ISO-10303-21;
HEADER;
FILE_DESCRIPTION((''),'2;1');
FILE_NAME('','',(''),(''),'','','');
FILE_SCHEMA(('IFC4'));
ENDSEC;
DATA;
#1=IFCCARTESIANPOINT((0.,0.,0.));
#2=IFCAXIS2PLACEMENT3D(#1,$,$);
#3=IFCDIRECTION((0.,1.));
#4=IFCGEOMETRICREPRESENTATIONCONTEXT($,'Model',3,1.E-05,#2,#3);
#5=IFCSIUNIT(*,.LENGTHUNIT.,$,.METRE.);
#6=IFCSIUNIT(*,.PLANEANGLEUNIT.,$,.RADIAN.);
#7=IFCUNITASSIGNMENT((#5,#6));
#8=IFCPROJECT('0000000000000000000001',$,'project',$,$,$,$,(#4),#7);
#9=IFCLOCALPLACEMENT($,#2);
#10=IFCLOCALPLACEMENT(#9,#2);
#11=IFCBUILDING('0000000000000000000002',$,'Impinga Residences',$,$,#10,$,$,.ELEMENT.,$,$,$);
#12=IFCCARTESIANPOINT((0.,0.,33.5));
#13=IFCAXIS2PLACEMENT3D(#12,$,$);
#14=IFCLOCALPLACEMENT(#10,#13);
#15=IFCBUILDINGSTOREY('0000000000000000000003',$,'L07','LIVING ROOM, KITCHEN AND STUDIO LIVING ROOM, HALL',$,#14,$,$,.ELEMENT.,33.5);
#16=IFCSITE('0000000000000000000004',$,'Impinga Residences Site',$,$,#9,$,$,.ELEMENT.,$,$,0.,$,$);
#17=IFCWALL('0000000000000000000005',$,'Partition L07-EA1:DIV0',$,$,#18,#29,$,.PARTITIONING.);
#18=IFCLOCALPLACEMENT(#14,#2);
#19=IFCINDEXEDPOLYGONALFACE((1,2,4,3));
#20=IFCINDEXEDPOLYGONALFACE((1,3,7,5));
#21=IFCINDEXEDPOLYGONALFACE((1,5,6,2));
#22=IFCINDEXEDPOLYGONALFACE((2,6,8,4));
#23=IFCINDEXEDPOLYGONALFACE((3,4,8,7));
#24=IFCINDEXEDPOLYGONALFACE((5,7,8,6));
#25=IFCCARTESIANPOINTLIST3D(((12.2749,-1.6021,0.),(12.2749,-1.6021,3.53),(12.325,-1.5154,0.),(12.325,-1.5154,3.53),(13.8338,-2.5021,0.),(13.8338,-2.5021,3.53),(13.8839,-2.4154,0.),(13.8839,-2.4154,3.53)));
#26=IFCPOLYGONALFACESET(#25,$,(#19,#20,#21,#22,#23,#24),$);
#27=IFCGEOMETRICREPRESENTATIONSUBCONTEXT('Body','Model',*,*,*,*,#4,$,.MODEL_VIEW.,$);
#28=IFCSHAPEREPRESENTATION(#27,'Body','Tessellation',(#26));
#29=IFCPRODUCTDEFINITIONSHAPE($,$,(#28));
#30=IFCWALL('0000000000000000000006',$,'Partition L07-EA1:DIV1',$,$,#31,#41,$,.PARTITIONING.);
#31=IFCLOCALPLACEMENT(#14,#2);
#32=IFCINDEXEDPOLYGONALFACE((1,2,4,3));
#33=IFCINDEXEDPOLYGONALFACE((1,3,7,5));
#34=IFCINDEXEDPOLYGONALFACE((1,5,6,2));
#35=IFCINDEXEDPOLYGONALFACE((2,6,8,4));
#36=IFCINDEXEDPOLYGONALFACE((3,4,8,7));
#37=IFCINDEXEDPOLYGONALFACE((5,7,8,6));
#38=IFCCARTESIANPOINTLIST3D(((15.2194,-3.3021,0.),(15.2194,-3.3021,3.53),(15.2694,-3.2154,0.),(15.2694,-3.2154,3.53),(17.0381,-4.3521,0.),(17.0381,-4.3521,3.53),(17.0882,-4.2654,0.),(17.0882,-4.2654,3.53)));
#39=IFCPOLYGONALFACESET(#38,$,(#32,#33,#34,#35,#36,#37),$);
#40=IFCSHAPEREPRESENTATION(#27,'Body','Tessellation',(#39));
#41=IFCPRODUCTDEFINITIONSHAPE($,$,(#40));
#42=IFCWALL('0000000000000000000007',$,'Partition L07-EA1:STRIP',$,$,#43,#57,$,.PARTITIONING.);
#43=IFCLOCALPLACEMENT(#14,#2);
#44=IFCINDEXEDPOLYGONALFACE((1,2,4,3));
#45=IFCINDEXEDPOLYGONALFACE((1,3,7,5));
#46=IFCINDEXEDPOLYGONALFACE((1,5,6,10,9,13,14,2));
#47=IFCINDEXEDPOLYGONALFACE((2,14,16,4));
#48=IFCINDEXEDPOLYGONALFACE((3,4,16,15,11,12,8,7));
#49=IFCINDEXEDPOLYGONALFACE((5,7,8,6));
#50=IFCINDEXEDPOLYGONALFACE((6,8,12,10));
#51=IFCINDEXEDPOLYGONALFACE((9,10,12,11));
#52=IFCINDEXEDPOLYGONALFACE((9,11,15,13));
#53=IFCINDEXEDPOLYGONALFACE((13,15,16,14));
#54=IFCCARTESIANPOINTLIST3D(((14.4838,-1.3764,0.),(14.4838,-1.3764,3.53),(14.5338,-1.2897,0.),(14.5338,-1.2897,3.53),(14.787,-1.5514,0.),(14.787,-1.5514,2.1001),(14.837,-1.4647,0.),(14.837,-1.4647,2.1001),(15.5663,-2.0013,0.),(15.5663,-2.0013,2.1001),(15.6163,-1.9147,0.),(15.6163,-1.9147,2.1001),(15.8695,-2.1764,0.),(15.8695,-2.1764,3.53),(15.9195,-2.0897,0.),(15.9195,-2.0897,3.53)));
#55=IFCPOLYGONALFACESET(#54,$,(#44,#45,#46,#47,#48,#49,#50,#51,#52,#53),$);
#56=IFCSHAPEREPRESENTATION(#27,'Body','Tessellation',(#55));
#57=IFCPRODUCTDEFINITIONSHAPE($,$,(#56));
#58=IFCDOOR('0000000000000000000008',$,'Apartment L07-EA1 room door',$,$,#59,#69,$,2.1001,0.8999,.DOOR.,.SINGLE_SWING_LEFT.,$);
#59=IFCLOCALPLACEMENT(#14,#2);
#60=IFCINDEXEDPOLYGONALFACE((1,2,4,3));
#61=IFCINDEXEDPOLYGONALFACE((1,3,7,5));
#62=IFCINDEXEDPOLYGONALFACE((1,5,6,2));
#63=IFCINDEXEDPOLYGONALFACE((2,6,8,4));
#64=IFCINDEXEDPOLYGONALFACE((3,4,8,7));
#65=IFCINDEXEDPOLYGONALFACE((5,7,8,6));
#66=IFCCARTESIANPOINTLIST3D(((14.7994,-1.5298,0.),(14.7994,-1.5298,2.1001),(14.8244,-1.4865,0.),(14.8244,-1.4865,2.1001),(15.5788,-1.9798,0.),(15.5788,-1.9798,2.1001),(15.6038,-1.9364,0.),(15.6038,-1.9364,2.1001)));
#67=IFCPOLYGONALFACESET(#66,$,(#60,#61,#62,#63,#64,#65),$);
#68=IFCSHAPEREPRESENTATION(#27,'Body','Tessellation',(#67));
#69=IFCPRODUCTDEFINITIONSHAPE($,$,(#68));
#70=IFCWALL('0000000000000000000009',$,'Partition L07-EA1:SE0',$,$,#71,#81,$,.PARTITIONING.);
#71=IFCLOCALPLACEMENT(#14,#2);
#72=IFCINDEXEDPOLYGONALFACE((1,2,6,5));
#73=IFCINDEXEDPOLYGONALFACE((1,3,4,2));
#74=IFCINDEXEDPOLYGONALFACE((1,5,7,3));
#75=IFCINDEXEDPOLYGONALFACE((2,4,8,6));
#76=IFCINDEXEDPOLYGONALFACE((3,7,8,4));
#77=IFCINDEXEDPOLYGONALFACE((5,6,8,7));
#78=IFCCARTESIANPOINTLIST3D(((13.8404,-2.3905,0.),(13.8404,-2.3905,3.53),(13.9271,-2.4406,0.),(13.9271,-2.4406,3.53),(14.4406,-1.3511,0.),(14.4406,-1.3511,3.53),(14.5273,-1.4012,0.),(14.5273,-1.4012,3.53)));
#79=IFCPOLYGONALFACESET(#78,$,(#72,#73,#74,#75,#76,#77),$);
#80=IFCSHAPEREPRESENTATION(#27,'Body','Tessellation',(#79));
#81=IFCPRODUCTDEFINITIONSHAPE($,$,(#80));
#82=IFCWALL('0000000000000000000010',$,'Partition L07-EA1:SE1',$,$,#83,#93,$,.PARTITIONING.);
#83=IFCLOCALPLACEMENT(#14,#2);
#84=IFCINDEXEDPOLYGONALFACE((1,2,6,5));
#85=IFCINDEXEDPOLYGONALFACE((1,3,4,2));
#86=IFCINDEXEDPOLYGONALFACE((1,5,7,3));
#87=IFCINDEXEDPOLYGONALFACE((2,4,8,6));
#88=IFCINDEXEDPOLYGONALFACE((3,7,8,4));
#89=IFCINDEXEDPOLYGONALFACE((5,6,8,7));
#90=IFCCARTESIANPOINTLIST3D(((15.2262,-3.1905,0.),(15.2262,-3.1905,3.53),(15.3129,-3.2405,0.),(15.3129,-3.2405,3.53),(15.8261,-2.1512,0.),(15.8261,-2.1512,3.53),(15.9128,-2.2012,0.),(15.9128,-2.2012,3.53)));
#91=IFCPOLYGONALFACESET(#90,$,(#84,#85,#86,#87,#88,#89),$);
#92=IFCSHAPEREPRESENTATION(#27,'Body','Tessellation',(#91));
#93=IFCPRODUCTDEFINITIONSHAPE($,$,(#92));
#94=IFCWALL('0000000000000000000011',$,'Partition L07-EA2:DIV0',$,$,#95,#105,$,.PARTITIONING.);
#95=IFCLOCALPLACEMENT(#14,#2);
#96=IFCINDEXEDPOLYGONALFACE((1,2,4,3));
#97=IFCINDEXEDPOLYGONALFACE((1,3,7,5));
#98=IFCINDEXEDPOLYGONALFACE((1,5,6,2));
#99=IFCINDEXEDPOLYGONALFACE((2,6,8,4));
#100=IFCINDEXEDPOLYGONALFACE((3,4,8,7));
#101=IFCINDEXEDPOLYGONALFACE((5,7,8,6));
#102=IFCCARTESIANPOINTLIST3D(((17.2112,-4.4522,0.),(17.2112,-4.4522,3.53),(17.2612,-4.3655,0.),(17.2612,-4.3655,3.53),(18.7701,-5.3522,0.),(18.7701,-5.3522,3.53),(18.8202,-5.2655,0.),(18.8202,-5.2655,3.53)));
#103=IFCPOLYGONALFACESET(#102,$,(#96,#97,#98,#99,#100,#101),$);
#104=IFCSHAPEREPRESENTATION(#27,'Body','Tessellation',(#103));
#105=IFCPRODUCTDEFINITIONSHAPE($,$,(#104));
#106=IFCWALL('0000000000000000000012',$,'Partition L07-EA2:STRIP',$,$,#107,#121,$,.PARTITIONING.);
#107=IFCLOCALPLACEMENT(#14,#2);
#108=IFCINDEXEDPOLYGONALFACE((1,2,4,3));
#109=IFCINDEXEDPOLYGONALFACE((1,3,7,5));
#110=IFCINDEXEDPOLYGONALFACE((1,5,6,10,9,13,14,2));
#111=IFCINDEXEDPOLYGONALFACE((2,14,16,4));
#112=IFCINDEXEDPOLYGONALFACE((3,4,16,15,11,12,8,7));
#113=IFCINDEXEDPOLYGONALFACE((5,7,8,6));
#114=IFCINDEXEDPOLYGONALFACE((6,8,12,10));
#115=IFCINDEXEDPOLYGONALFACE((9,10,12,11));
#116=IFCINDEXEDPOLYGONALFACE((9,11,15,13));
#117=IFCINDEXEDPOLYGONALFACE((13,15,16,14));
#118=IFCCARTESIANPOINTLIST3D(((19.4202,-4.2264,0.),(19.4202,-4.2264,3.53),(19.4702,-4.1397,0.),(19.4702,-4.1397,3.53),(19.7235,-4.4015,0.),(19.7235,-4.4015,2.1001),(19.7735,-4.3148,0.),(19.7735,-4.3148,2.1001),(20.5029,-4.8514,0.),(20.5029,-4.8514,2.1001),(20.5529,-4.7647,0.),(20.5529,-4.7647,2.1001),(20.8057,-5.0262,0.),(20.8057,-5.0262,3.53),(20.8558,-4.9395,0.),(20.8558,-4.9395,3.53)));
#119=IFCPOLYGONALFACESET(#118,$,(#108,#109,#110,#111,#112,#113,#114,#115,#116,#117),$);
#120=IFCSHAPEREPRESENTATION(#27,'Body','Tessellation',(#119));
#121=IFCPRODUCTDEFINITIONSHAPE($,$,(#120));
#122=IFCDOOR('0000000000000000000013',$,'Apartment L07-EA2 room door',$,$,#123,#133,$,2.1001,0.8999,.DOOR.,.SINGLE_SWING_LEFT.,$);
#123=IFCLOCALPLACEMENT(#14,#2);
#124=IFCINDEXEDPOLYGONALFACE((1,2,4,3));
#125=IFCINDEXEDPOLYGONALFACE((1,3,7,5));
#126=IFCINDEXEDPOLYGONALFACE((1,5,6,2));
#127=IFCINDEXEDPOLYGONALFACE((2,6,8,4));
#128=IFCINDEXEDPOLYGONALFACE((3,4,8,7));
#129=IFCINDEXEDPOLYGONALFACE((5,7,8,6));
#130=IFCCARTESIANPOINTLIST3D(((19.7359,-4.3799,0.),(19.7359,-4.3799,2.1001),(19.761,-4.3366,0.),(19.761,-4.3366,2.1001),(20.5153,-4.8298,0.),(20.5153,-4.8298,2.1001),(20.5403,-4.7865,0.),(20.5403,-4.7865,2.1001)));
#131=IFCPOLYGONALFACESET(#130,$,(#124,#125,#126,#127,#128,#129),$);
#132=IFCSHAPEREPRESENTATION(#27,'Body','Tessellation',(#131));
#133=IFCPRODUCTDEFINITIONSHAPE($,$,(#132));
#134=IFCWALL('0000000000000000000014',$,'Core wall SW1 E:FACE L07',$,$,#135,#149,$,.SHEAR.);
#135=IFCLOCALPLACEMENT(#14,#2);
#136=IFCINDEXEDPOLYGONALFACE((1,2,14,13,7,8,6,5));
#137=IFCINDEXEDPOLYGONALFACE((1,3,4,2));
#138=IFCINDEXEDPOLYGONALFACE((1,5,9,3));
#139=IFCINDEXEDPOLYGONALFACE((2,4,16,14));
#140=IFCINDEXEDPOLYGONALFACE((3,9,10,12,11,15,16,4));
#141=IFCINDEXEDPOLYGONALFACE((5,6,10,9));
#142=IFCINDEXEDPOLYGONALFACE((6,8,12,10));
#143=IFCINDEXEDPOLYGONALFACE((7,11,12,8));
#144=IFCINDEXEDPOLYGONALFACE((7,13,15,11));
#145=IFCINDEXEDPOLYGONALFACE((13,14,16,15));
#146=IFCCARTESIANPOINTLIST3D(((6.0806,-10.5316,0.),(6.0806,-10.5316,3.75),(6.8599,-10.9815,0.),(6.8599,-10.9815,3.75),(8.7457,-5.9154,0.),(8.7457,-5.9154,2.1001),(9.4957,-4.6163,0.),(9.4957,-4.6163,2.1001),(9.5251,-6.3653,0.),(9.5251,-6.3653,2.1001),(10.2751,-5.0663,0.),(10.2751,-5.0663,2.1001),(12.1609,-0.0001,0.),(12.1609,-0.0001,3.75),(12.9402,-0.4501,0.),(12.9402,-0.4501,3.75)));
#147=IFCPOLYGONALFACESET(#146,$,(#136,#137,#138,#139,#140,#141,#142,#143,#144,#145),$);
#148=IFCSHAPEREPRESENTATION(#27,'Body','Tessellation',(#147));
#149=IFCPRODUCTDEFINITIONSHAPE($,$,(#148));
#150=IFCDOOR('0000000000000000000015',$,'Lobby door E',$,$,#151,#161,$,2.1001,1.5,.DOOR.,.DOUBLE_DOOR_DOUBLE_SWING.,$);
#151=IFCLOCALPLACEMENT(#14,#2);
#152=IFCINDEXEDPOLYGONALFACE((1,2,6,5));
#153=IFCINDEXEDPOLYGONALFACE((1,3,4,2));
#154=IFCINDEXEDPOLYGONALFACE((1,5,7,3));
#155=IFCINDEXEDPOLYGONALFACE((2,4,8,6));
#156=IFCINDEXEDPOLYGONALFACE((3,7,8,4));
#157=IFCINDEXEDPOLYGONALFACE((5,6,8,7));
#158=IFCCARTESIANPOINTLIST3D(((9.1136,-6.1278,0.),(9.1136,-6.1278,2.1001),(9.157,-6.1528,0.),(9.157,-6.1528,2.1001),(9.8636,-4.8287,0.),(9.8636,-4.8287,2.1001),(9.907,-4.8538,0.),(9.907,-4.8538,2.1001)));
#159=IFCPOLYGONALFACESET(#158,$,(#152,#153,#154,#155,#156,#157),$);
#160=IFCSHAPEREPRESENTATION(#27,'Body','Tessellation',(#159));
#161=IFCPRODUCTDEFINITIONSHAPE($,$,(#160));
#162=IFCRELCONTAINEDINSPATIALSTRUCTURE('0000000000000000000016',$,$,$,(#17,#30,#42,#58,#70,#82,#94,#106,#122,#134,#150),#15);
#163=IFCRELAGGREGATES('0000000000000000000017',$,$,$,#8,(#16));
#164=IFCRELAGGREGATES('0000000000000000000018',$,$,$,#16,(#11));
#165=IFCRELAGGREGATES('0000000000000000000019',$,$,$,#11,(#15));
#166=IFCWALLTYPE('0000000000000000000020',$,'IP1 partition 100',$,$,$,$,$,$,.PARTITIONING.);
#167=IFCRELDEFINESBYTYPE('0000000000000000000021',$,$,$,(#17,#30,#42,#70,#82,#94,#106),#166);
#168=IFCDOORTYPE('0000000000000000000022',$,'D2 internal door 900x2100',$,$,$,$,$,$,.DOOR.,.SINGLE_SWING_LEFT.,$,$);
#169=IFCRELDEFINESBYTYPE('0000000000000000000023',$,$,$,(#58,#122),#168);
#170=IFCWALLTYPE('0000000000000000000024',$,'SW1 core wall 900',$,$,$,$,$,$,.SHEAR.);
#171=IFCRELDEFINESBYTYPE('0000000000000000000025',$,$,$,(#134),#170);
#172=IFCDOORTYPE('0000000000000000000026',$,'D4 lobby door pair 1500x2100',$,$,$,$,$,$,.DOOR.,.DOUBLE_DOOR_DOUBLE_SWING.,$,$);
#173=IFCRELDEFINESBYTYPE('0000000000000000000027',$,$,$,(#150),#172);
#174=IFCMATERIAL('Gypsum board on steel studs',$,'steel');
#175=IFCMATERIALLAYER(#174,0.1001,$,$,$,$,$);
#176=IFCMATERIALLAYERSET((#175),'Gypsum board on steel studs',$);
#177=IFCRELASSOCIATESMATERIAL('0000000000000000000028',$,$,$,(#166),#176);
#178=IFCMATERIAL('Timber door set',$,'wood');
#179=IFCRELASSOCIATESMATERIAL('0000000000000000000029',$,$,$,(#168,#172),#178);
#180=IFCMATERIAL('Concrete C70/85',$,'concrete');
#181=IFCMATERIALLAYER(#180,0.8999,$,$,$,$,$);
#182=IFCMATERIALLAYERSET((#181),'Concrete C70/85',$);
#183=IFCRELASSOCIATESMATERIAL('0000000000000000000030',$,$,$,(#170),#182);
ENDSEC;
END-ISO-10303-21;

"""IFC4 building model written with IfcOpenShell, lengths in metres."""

from ifc_helpers import new_model, si_unit, direction, frame, frame_2d, origin, place, context, subcontext, project, spatial, rectangle, extrude, material, layer, layer_set, type_object, element, fill, save


model = new_model("IFC4")

# Units and contexts
model_context = context("Model", 3, precision=1e-05, world=origin(), true_north=direction((0.0, 1.0)))
body_context = subcontext(model_context, "Body", "Model", "MODEL_VIEW")
ifc_project = project(units=[si_unit("LENGTHUNIT", "METRE"), si_unit("PLANEANGLEUNIT", "RADIAN")], contexts=[model_context])

# Site, building, storey
site_placement = place(None, origin())
site = spatial("IfcSite", under=ifc_project, at=site_placement, Name="Impinga Residences Site", CompositionType="ELEMENT", RefElevation=0.0)
building_placement = place(site_placement, origin())
building = spatial("IfcBuilding", under=site, at=building_placement, Name="Impinga Residences", CompositionType="ELEMENT")
storey_placement = place(building_placement, frame((0.0, 0.0, 33.5)))
storey = spatial("IfcBuildingStorey", under=building, at=storey_placement, Name="L07", Description="LIVING ROOM, KITCHEN AND STUDIO LIVING ROOM, HALL", CompositionType="ELEMENT", Elevation=33.5)

# Shared definitions
ifc_material_1 = material(Name="Concrete C70/85", Category="concrete")

# Walls
ifc_material_2 = material(Name="Gypsum board on steel studs", Category="steel")
ifc_layer_1 = layer(ifc_material_2, 0.1001)
ifc_layer_set_1 = layer_set([ifc_layer_1], Name="Gypsum board on steel studs")
wall_type_1 = type_object("IfcWallType", Name="IP1 partition 100", PredefinedType="PARTITIONING", material=ifc_layer_set_1)
wall_1_placement = place(storey_placement, frame((12.3, -1.5588, 0.0), z_axis=(0.0, 0.0, 1.0), x_axis=(0.866048, -0.499961, 0.0)))
element("IfcWall", 1, at=wall_1_placement, inside=storey, type_object=wall_type_1, Name="Partition L07-EA1:DIV0", PredefinedType="PARTITIONING", context=body_context, shape_type="SweptSolid", body=[
    extrude(rectangle(XDim=1.8, YDim=0.1001, at=frame_2d((0.8999, 0.0))), origin(), (0.0, 0.0, 1.0), 3.53),
])
wall_2_placement = place(storey_placement, frame((15.2444, -3.2588, 0.0), z_axis=(0.0, 0.0, 1.0), x_axis=(0.866038, -0.499977, 0.0)))
element("IfcWall", 2, at=wall_2_placement, inside=storey, type_object=wall_type_1, Name="Partition L07-EA1:DIV1", PredefinedType="PARTITIONING", context=body_context, shape_type="SweptSolid", body=[
    extrude(rectangle(XDim=2.1001, YDim=0.1001, at=frame_2d((1.05, 0.0))), origin(), (0.0, 0.0, 1.0), 3.53),
])

# Wall, opening, door
wall_3_placement = place(storey_placement, frame((14.5088, -1.333, 0.0), z_axis=(0.0, 0.0, 1.0), x_axis=(0.866028, -0.499995, 0.0)))
wall_3 = element("IfcWall", 3, at=wall_3_placement, inside=storey, type_object=wall_type_1, Name="Partition L07-EA1:STRIP", PredefinedType="PARTITIONING", context=body_context, shape_type="SweptSolid", body=[
    extrude(rectangle(XDim=1.6001, YDim=0.1001, at=frame_2d((0.8, 0.0))), origin(), (0.0, 0.0, 1.0), 3.53),
])
opening_1_placement = place(wall_3_placement, frame((0.3501, 0.0, 0.0)))
opening_1 = element("IfcOpeningElement", 4, at=opening_1_placement, cuts=wall_3, PredefinedType="OPENING", context=body_context, shape_type="SweptSolid", body=[
    extrude(rectangle(XDim=0.8999, YDim=2.1001, at=frame_2d((0.45, 1.05))), frame((0.0, 0.0601, 0.0), z_axis=(0.0, -1.0, 0.0), x_axis=(1.0, 0.0, 0.0)), (0.0, 0.0, 1.0), 0.1201),
])
ifc_material_3 = material(Name="Timber door set", Category="wood")
door_type_1 = type_object("IfcDoorType", Name="D2 internal door 900x2100", OperationType="SINGLE_SWING_LEFT", PredefinedType="DOOR", material=ifc_material_3)
door_1_placement = place(opening_1_placement, origin())
door_1 = element("IfcDoor", 5, at=door_1_placement, inside=storey, type_object=door_type_1, Name="Apartment L07-EA1 room door", OperationType="SINGLE_SWING_LEFT", OverallHeight=2.1001, OverallWidth=0.8999, PredefinedType="DOOR", context=body_context, shape_type="SweptSolid", body=[
    extrude(rectangle(XDim=0.8999, YDim=2.1001, at=frame_2d((0.45, 1.05))), frame((0.0, 0.0249, 0.0), z_axis=(0.0, -1.0, 0.0), x_axis=(1.0, 0.0, 0.0)), (0.0, 0.0, 1.0), 0.05),
])
fill(opening_1, door_1)

# Walls
wall_4_placement = place(storey_placement, frame((13.8838, -2.4155, 0.0), z_axis=(0.0, 0.0, 1.0), x_axis=(0.500034, 0.866006, 0.0)))
element("IfcWall", 6, at=wall_4_placement, inside=storey, type_object=wall_type_1, Name="Partition L07-EA1:SE0", PredefinedType="PARTITIONING", context=body_context, shape_type="SweptSolid", body=[
    extrude(rectangle(XDim=1.2002, YDim=0.1001, at=frame_2d((0.6001, 0.0))), origin(), (0.0, 0.0, 1.0), 3.53),
])
wall_5_placement = place(storey_placement, frame((15.2695, -3.2156, 0.0), z_axis=(0.0, 0.0, 1.0), x_axis=(0.499881, 0.866094, 0.0)))
element("IfcWall", 7, at=wall_5_placement, inside=storey, type_object=wall_type_1, Name="Partition L07-EA1:SE1", PredefinedType="PARTITIONING", context=body_context, shape_type="SweptSolid", body=[
    extrude(rectangle(XDim=1.2, YDim=0.1001, at=frame_2d((0.6001, 0.0))), origin(), (0.0, 0.0, 1.0), 3.53),
])
wall_6_placement = place(storey_placement, frame((17.2363, -4.4089, 0.0), z_axis=(0.0, 0.0, 1.0), x_axis=(0.866048, -0.499961, 0.0)))
element("IfcWall", 8, at=wall_6_placement, inside=storey, type_object=wall_type_1, Name="Partition L07-EA2:DIV0", PredefinedType="PARTITIONING", context=body_context, shape_type="SweptSolid", body=[
    extrude(rectangle(XDim=1.8, YDim=0.1001, at=frame_2d((0.8999, 0.0))), origin(), (0.0, 0.0, 1.0), 3.53),
])

# Walls, openings, doors
wall_7_placement = place(storey_placement, frame((19.4453, -4.1831, 0.0), z_axis=(0.0, 0.0, 1.0), x_axis=(0.866056, -0.499947, 0.0)))
wall_7 = element("IfcWall", 9, at=wall_7_placement, inside=storey, type_object=wall_type_1, Name="Partition L07-EA2:STRIP", PredefinedType="PARTITIONING", context=body_context, shape_type="SweptSolid", body=[
    extrude(rectangle(XDim=1.5999, YDim=0.1001, at=frame_2d((0.7998, 0.0))), origin(), (0.0, 0.0, 1.0), 3.53),
])
opening_2_placement = place(wall_7_placement, frame((0.3501, 0.0, 0.0)))
opening_2 = element("IfcOpeningElement", 10, at=opening_2_placement, cuts=wall_7, PredefinedType="OPENING", context=body_context, shape_type="SweptSolid", body=[
    extrude(rectangle(XDim=0.8999, YDim=2.1001, at=frame_2d((0.45, 1.05))), frame((0.0, 0.0601, 0.0), z_axis=(0.0, -1.0, 0.0), x_axis=(1.0, 0.0, 0.0)), (0.0, 0.0, 1.0), 0.1201),
])
door_2_placement = place(opening_2_placement, origin())
door_2 = element("IfcDoor", 11, at=door_2_placement, inside=storey, type_object=door_type_1, Name="Apartment L07-EA2 room door", OperationType="SINGLE_SWING_LEFT", OverallHeight=2.1001, OverallWidth=0.8999, PredefinedType="DOOR", context=body_context, shape_type="SweptSolid", body=[
    extrude(rectangle(XDim=0.8999, YDim=2.1001, at=frame_2d((0.45, 1.05))), frame((0.0, 0.0249, 0.0), z_axis=(0.0, -1.0, 0.0), x_axis=(1.0, 0.0, 0.0)), (0.0, 0.0, 1.0), 0.05),
])
fill(opening_2, door_2)
ifc_layer_2 = layer(ifc_material_1, 0.8999)
ifc_layer_set_2 = layer_set([ifc_layer_2], Name="Concrete C70/85")
wall_type_2 = type_object("IfcWallType", Name="SW1 core wall 900", PredefinedType="SHEAR", material=ifc_layer_set_2)
wall_8_placement = place(storey_placement, frame((12.5505, -0.2251, 0.0), z_axis=(0.0, 0.0, 1.0), x_axis=(-0.499998, -0.866027, 0.0)))
wall_8 = element("IfcWall", 12, at=wall_8_placement, inside=storey, type_object=wall_type_2, Name="Core wall SW1 E:FACE L07", PredefinedType="SHEAR", context=body_context, shape_type="SweptSolid", body=[
    extrude(rectangle(XDim=12.1606, YDim=0.8999, at=frame_2d((6.0803, 0.0))), origin(), (0.0, 0.0, 1.0), 3.75),
])
opening_3_placement = place(wall_8_placement, frame((5.3303, 0.0, 0.0)))
opening_3 = element("IfcOpeningElement", 13, at=opening_3_placement, cuts=wall_8, PredefinedType="OPENING", context=body_context, shape_type="SweptSolid", body=[
    extrude(rectangle(XDim=1.5, YDim=2.1001, at=frame_2d((0.75, 1.05))), frame((0.0, 0.46, 0.0), z_axis=(0.0, -1.0, 0.0), x_axis=(1.0, 0.0, 0.0)), (0.0, 0.0, 1.0), 0.9199),
])
door_type_2 = type_object("IfcDoorType", Name="D4 lobby door pair 1500x2100", OperationType="DOUBLE_DOOR_DOUBLE_SWING", PredefinedType="DOOR", material=ifc_material_3)
door_3_placement = place(opening_3_placement, origin())
door_3 = element("IfcDoor", 14, at=door_3_placement, inside=storey, type_object=door_type_2, Name="Lobby door E", OperationType="DOUBLE_DOOR_DOUBLE_SWING", OverallHeight=2.1001, OverallWidth=1.5, PredefinedType="DOOR", context=body_context, shape_type="SweptSolid", body=[
    extrude(rectangle(XDim=1.5, YDim=2.1001, at=frame_2d((0.75, 1.05))), frame((0.0, 0.0249, 0.0), z_axis=(0.0, -1.0, 0.0), x_axis=(1.0, 0.0, 0.0)), (0.0, 0.0, 1.0), 0.05),
])
fill(opening_3, door_3)

save(model, "model.ifc")
